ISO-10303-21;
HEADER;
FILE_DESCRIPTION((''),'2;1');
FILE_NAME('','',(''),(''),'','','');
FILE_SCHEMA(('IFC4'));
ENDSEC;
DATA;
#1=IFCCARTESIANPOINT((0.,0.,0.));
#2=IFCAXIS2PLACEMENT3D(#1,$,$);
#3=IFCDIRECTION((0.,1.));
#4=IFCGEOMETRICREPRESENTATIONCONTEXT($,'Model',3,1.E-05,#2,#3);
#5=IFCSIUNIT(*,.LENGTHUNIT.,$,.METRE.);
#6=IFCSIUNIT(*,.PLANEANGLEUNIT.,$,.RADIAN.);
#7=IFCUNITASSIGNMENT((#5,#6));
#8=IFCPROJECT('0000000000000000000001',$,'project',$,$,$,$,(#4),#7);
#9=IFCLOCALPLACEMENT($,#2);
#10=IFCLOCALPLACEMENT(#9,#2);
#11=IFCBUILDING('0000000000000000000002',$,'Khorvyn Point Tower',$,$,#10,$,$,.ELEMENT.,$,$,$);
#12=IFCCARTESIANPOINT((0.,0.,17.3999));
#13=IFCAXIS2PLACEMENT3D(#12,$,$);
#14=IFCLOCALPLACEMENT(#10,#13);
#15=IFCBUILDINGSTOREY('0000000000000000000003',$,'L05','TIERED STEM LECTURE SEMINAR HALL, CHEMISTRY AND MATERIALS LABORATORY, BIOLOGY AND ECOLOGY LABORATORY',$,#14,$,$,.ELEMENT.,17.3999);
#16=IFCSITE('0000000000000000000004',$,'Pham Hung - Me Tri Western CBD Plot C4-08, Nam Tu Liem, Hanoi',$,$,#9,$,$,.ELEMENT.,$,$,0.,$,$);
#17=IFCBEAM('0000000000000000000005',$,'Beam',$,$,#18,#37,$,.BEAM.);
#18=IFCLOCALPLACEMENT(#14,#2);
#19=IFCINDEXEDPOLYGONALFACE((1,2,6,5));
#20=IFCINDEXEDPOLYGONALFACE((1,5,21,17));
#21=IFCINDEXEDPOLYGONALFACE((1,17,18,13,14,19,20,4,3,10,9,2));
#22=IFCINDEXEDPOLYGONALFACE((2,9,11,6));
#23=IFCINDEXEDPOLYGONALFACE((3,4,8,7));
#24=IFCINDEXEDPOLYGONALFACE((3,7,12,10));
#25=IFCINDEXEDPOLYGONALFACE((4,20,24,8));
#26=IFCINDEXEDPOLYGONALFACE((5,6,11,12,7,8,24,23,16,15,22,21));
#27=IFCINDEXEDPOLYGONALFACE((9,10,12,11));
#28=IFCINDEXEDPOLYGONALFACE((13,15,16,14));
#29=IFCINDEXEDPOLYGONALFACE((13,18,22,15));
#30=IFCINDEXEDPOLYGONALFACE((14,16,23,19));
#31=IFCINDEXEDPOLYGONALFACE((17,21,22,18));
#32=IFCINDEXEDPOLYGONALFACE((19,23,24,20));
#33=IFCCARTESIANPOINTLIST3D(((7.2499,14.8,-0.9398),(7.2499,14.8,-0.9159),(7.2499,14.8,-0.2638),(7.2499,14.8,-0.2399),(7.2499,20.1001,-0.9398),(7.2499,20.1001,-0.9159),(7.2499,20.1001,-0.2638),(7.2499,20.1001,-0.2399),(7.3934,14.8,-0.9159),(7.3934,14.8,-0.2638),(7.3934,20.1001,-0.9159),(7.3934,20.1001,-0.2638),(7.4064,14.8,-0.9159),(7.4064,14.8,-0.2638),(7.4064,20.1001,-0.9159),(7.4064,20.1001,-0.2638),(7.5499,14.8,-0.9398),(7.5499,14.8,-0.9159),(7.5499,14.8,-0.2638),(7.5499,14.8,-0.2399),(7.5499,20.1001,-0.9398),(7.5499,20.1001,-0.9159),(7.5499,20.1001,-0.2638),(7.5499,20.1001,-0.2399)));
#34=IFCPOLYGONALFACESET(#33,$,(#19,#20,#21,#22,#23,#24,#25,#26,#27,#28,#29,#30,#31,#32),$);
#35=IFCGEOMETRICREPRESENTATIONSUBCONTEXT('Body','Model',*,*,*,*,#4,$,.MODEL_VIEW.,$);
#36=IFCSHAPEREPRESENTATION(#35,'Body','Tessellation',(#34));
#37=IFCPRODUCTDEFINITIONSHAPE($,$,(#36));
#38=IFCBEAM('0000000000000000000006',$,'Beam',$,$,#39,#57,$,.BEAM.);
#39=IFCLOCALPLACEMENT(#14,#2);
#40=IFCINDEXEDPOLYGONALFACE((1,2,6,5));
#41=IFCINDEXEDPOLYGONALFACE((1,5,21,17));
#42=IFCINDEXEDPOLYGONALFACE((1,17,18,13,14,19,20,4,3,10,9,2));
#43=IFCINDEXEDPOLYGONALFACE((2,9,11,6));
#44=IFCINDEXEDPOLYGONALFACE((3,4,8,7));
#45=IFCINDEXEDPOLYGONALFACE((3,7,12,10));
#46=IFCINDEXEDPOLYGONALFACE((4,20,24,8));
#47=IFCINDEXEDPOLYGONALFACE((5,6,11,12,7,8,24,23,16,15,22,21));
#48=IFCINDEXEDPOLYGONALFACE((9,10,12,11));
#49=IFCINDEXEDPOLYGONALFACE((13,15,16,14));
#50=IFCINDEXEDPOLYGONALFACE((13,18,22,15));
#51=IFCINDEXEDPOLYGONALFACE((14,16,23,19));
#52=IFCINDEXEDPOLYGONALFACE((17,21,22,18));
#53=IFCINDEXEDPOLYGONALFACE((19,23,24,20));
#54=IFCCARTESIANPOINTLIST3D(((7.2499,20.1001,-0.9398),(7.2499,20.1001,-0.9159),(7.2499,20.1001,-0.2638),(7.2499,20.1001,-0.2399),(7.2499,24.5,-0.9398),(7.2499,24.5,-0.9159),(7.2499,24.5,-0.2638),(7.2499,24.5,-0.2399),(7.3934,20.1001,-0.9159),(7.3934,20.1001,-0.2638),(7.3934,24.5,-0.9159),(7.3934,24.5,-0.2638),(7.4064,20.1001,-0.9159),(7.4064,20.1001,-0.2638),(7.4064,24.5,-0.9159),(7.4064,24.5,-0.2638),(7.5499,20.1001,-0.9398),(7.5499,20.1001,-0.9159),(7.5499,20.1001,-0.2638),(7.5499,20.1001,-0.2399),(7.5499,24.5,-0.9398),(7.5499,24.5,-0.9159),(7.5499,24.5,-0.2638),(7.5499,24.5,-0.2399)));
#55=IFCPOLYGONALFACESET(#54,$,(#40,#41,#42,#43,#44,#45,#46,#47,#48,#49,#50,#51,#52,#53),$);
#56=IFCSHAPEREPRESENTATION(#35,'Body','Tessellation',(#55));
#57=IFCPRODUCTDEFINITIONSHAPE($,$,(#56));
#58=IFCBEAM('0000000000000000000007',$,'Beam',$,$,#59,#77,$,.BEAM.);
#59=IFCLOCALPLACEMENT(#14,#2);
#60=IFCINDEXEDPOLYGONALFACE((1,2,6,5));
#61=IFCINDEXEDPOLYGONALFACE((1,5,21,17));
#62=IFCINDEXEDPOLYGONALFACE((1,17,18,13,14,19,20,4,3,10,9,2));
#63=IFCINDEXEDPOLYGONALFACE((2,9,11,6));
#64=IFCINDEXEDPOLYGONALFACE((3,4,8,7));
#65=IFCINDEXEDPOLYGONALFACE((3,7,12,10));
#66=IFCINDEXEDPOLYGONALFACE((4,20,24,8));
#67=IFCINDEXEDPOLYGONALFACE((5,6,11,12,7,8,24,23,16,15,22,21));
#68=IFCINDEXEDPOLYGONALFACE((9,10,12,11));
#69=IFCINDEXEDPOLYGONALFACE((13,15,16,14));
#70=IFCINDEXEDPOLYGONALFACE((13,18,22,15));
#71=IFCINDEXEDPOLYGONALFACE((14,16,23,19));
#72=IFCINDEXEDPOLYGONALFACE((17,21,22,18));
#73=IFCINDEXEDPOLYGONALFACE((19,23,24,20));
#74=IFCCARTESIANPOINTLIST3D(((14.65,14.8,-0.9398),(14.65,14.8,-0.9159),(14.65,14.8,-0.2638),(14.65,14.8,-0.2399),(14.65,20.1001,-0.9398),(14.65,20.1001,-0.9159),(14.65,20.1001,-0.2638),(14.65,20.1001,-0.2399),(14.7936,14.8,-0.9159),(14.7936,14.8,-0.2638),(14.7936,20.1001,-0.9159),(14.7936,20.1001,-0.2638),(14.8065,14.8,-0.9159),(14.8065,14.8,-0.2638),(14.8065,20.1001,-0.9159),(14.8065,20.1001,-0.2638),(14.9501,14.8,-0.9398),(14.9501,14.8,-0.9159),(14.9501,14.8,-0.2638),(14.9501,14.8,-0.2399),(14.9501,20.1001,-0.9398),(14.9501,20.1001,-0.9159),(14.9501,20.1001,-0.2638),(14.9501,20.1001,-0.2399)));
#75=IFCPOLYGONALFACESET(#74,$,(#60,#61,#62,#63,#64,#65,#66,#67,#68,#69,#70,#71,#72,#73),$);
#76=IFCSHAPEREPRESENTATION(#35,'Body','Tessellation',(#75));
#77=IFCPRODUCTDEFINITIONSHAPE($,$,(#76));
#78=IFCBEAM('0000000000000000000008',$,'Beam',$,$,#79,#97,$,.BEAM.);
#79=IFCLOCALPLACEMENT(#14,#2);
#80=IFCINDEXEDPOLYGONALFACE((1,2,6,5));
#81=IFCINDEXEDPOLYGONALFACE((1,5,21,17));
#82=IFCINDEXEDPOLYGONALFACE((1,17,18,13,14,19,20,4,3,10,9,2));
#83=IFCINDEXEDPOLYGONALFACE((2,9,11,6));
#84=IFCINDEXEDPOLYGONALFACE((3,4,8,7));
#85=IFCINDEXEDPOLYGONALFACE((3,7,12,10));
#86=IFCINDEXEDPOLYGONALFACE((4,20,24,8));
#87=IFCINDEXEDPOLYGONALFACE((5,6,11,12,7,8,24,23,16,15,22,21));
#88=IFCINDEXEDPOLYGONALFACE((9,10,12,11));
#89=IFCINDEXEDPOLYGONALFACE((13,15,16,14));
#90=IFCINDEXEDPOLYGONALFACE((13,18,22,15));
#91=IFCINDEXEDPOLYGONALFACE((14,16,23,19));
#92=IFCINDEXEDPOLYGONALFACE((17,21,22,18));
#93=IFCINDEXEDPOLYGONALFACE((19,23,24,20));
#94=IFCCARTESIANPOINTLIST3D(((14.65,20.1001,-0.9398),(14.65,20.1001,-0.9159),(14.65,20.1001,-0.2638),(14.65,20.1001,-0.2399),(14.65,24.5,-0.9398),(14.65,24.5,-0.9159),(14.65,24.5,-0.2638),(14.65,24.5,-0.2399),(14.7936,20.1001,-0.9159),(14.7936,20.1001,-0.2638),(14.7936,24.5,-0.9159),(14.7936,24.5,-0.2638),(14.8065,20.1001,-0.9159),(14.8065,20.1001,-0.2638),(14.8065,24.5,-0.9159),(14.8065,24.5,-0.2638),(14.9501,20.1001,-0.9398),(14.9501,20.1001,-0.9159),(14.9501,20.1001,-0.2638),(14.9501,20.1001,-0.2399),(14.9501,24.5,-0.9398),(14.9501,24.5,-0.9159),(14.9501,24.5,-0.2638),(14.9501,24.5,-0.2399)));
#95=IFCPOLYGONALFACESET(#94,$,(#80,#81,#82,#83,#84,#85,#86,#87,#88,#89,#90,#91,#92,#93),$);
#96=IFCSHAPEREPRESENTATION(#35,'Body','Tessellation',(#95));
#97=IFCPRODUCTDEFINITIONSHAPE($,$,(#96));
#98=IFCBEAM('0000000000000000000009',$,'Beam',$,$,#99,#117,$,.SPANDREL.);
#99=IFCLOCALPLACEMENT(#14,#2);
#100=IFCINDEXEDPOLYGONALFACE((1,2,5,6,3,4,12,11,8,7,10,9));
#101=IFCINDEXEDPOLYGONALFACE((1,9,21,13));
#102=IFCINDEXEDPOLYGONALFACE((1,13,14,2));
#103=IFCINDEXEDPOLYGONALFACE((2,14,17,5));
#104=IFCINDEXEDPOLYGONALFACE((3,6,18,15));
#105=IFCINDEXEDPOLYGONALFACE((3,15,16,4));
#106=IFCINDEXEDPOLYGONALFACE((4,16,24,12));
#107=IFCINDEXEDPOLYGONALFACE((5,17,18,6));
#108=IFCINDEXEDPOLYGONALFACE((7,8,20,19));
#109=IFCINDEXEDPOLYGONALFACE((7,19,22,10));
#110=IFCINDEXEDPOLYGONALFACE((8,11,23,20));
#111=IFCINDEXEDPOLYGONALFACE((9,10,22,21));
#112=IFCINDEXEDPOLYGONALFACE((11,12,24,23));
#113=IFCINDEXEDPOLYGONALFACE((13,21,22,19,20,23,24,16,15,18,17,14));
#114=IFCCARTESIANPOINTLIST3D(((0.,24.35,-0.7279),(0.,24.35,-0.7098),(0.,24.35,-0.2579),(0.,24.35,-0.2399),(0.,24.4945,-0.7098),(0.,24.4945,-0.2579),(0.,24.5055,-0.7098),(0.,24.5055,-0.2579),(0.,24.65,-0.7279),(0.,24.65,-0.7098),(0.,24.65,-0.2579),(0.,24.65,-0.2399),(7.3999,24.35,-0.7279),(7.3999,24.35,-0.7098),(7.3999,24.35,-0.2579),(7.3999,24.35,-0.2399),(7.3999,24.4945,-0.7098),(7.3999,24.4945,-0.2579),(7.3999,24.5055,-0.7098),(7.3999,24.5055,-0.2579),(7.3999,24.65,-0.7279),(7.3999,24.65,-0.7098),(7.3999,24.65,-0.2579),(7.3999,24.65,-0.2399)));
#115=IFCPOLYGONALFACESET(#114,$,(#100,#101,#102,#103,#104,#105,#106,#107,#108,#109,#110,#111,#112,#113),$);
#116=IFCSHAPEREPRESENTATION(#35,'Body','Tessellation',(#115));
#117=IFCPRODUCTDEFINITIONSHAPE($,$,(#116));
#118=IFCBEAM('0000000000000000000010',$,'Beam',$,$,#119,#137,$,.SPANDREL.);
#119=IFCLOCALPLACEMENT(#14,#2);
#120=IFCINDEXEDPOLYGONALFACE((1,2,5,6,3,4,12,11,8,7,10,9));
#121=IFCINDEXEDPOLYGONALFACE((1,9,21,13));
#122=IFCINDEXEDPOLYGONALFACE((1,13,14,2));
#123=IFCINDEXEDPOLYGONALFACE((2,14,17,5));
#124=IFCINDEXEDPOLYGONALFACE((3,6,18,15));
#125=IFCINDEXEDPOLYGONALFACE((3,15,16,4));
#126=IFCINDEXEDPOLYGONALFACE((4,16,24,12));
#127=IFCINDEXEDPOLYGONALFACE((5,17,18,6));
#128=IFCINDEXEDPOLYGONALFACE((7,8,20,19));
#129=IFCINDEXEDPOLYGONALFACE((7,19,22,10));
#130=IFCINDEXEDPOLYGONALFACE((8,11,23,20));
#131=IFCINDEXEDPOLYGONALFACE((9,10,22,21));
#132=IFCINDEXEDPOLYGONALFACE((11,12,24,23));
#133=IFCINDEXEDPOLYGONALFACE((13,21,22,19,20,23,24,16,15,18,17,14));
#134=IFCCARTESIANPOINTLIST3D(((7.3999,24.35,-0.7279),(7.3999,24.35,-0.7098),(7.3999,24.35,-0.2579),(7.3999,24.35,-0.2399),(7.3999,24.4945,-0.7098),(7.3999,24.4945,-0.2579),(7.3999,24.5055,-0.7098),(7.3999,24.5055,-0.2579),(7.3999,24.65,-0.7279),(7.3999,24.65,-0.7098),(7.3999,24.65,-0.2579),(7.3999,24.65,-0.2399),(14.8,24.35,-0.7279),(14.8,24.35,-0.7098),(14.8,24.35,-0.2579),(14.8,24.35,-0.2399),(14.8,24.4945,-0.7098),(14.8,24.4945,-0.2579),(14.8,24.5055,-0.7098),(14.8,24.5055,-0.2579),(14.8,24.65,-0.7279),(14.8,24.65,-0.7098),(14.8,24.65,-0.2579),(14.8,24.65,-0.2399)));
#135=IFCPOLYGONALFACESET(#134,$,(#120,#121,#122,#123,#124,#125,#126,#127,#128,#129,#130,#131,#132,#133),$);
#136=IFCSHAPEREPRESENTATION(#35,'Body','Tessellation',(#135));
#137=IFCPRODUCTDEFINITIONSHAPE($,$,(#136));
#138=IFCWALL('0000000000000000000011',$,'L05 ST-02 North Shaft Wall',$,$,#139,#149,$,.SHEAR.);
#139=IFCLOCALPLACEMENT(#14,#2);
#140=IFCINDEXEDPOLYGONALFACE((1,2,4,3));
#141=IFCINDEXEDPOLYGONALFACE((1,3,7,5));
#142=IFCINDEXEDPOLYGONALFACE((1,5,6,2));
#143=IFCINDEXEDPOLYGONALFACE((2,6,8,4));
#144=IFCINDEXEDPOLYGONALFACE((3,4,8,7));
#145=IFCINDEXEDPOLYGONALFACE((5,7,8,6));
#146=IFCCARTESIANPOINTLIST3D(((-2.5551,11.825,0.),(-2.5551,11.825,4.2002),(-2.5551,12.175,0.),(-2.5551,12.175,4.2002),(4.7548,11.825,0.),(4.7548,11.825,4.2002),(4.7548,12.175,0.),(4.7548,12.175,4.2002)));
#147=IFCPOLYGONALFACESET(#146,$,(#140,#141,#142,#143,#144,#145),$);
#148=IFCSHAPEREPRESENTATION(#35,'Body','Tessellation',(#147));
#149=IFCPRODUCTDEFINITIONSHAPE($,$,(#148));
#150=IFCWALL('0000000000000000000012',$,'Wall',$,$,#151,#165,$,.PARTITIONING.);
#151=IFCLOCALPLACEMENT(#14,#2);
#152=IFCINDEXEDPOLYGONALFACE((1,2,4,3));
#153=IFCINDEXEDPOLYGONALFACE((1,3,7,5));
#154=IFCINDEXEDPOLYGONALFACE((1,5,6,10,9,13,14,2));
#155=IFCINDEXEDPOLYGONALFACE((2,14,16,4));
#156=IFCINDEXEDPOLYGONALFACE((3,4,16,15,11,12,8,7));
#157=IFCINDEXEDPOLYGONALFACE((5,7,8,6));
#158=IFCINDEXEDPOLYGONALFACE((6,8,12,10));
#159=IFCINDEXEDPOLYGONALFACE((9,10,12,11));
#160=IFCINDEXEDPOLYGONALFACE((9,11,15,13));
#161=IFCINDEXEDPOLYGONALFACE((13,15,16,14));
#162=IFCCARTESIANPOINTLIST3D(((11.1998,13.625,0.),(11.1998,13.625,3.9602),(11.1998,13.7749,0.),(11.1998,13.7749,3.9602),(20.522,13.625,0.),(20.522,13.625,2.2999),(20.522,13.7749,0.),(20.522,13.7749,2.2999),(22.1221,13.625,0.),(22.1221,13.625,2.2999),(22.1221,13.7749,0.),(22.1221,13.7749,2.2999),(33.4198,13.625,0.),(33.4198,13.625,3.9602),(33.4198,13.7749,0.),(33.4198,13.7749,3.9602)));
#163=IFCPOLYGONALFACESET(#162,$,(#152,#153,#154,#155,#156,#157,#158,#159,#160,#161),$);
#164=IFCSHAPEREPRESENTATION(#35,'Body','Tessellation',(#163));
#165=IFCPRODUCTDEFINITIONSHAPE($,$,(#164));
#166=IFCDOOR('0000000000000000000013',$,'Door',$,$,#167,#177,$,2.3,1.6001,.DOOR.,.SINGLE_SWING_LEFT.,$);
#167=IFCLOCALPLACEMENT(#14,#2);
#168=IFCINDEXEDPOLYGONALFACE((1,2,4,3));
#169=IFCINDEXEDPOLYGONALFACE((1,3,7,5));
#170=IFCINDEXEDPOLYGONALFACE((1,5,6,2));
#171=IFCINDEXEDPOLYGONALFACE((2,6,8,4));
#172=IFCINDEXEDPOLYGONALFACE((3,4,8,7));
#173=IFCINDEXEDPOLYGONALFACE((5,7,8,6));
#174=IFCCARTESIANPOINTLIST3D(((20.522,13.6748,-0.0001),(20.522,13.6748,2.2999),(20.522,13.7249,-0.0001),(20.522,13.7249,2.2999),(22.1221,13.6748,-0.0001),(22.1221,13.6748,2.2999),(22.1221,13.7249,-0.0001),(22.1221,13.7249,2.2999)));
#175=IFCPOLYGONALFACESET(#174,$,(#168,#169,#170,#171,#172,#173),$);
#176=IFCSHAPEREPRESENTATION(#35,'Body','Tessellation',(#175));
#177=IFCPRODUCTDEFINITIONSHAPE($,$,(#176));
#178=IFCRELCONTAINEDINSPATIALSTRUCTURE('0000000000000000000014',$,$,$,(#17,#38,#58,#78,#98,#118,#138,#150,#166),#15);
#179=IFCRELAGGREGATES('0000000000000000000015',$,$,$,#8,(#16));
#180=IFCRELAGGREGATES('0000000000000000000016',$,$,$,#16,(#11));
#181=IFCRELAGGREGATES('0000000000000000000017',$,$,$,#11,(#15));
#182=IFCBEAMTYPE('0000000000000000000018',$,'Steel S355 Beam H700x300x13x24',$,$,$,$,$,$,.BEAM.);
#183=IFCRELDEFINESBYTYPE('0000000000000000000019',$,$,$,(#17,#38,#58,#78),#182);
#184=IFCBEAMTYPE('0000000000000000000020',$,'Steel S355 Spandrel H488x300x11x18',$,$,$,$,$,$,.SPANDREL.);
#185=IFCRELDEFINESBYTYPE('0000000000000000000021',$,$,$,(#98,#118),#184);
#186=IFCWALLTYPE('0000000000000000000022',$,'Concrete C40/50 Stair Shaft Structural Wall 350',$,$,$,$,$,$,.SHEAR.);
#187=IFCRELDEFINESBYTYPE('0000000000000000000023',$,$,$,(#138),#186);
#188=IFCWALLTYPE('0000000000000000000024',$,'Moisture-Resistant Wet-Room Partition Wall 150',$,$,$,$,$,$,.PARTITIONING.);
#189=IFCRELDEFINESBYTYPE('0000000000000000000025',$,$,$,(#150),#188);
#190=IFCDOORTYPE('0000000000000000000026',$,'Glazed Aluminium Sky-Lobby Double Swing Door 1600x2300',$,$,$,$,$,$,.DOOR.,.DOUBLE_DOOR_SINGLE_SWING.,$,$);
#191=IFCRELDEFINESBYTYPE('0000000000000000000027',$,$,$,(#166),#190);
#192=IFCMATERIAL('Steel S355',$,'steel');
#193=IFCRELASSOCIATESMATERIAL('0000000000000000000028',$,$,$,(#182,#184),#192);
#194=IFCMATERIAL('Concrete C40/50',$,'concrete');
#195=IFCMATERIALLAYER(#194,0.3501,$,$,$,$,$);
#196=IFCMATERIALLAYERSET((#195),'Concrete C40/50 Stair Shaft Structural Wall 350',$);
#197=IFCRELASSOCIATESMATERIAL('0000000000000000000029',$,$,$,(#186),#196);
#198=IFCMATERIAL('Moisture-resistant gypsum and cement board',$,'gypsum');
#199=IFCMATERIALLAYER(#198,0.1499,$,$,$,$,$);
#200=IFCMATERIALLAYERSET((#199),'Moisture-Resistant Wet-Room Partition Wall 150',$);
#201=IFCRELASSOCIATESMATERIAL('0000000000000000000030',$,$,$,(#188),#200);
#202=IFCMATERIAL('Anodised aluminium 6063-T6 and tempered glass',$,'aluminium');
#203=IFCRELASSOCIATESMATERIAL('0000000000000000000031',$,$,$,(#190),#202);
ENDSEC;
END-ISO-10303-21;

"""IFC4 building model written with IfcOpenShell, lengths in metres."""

from ifc_helpers import new_model, si_unit, direction, frame, frame_2d, origin, origin_2d, place, context, subcontext, project, spatial, rectangle, i_section, extrude, material, layer, layer_set, material_profile, profile_set, type_object, element, fill, save


model = new_model("IFC4")

# Units and contexts
model_context = context("Model", 3, precision=1e-05, world=origin(), true_north=direction((0.0, 1.0)))
body_context = subcontext(model_context, "Body", "Model", "MODEL_VIEW")
ifc_project = project(units=[si_unit("LENGTHUNIT", "METRE"), si_unit("PLANEANGLEUNIT", "RADIAN")], contexts=[model_context])

# Site, building, storey
site_placement = place(None, origin())
site = spatial("IfcSite", under=ifc_project, at=site_placement, Name="Pham Hung - Me Tri Western CBD Plot C4-08, Nam Tu Liem, Hanoi", CompositionType="ELEMENT", RefElevation=0.0)
building_placement = place(site_placement, origin())
building = spatial("IfcBuilding", under=site, at=building_placement, Name="Khorvyn Point Tower", CompositionType="ELEMENT")
storey_placement = place(building_placement, frame((0.0, 0.0, 17.3999)))
storey = spatial("IfcBuildingStorey", under=building, at=storey_placement, Name="L05", Description="TIERED STEM LECTURE SEMINAR HALL, CHEMISTRY AND MATERIALS LABORATORY, BIOLOGY AND ECOLOGY LABORATORY", CompositionType="ELEMENT", Elevation=17.3999)

# Shared definitions
ifc_material_1 = material(Name="Concrete C40/50", Category="concrete")

# Beams
ifc_material_2 = material(Name="Steel S355", Category="steel")
ifc_material_profile_1 = material_profile(ifc_material_2, i_section(OverallWidth=0.3, OverallDepth=0.7, WebThickness=0.0129, FlangeThickness=0.0239, at=origin_2d()))
ifc_profile_set_1 = profile_set([ifc_material_profile_1], Name="Steel S355 H700x300x13x24")
beam_type_1 = type_object("IfcBeamType", Name="Steel S355 Beam H700x300x13x24", PredefinedType="BEAM", material=ifc_profile_set_1)
beam_1_placement = place(storey_placement, frame((7.3999, 14.8, -0.5898), z_axis=(0.0, 1.0, 0.0), x_axis=(-1.0, 0.0, 0.0)))
element("IfcBeam", 1, at=beam_1_placement, inside=storey, type_object=beam_type_1, Name="Beam", PredefinedType="BEAM", context=body_context, shape_type="SweptSolid", body=[
    extrude(i_section(OverallWidth=0.3, OverallDepth=0.7, WebThickness=0.0129, FlangeThickness=0.0239, at=origin_2d()), origin(), (0.0, 0.0, 1.0), 5.3),
])
beam_2_placement = place(storey_placement, frame((7.3999, 20.1001, -0.5898), z_axis=(0.0, 1.0, 0.0), x_axis=(-1.0, 0.0, 0.0)))
element("IfcBeam", 2, at=beam_2_placement, inside=storey, type_object=beam_type_1, Name="Beam", PredefinedType="BEAM", context=body_context, shape_type="SweptSolid", body=[
    extrude(i_section(OverallWidth=0.3, OverallDepth=0.7, WebThickness=0.0129, FlangeThickness=0.0239, at=origin_2d()), origin(), (0.0, 0.0, 1.0), 4.3999),
])
beam_3_placement = place(storey_placement, frame((14.8, 14.8, -0.5898), z_axis=(0.0, 1.0, 0.0), x_axis=(-1.0, 0.0, 0.0)))
element("IfcBeam", 3, at=beam_3_placement, inside=storey, type_object=beam_type_1, Name="Beam", PredefinedType="BEAM", context=body_context, shape_type="SweptSolid", body=[
    extrude(i_section(OverallWidth=0.3, OverallDepth=0.7, WebThickness=0.0129, FlangeThickness=0.0239, at=origin_2d()), origin(), (0.0, 0.0, 1.0), 5.3),
])
beam_4_placement = place(storey_placement, frame((14.8, 20.1001, -0.5898), z_axis=(0.0, 1.0, 0.0), x_axis=(-1.0, 0.0, 0.0)))
element("IfcBeam", 4, at=beam_4_placement, inside=storey, type_object=beam_type_1, Name="Beam", PredefinedType="BEAM", context=body_context, shape_type="SweptSolid", body=[
    extrude(i_section(OverallWidth=0.3, OverallDepth=0.7, WebThickness=0.0129, FlangeThickness=0.0239, at=origin_2d()), origin(), (0.0, 0.0, 1.0), 4.3999),
])
ifc_material_profile_2 = material_profile(ifc_material_2, i_section(OverallWidth=0.3, OverallDepth=0.488, WebThickness=0.011, FlangeThickness=0.0181, at=origin_2d()))
ifc_profile_set_2 = profile_set([ifc_material_profile_2], Name="Steel S355 H488x300x11x18")
beam_type_2 = type_object("IfcBeamType", Name="Steel S355 Spandrel H488x300x11x18", PredefinedType="SPANDREL", material=ifc_profile_set_2)
beam_5_placement = place(storey_placement, frame((0.0, 24.5, -0.4839), z_axis=(1.0, 0.0, 0.0), x_axis=(0.0, 1.0, 0.0)))
element("IfcBeam", 5, at=beam_5_placement, inside=storey, type_object=beam_type_2, Name="Beam", PredefinedType="SPANDREL", context=body_context, shape_type="SweptSolid", body=[
    extrude(i_section(OverallWidth=0.3, OverallDepth=0.488, WebThickness=0.011, FlangeThickness=0.0181, at=origin_2d()), origin(), (0.0, 0.0, 1.0), 7.3999),
])
beam_6_placement = place(storey_placement, frame((7.3999, 24.5, -0.4839), z_axis=(1.0, 0.0, 0.0), x_axis=(0.0, 1.0, 0.0)))
element("IfcBeam", 6, at=beam_6_placement, inside=storey, type_object=beam_type_2, Name="Beam", PredefinedType="SPANDREL", context=body_context, shape_type="SweptSolid", body=[
    extrude(i_section(OverallWidth=0.3, OverallDepth=0.488, WebThickness=0.011, FlangeThickness=0.0181, at=origin_2d()), origin(), (0.0, 0.0, 1.0), 7.4001),
])

# Wall
ifc_layer_1 = layer(ifc_material_1, 0.3501)
ifc_layer_set_1 = layer_set([ifc_layer_1], Name="Concrete C40/50 Stair Shaft Structural Wall 350")
wall_type_1 = type_object("IfcWallType", Name="Concrete C40/50 Stair Shaft Structural Wall 350", PredefinedType="SHEAR", material=ifc_layer_set_1)
wall_1_placement = place(storey_placement, frame((-2.5549, 12.0, 0.0), z_axis=(0.0, 0.0, 1.0), x_axis=(1.0, 0.0, 0.0)))
element("IfcWall", 7, at=wall_1_placement, inside=storey, type_object=wall_type_1, Name="L05 ST-02 North Shaft Wall", PredefinedType="SHEAR", context=body_context, shape_type="SweptSolid", body=[
    extrude(rectangle(XDim=7.3098, YDim=0.3501, at=frame_2d((3.6548, 0.0))), origin(), (0.0, 0.0, 1.0), 4.2002),
])

# Wall, opening, door
ifc_material_3 = material(Name="Moisture-resistant gypsum and cement board", Category="gypsum")
ifc_layer_2 = layer(ifc_material_3, 0.1499)
ifc_layer_set_2 = layer_set([ifc_layer_2], Name="Moisture-Resistant Wet-Room Partition Wall 150")
wall_type_2 = type_object("IfcWallType", Name="Moisture-Resistant Wet-Room Partition Wall 150", PredefinedType="PARTITIONING", material=ifc_layer_set_2)
wall_2_placement = place(storey_placement, frame((11.2, 13.7, 0.0), z_axis=(0.0, 0.0, 1.0), x_axis=(1.0, 0.0, 0.0)))
wall_2 = element("IfcWall", 8, at=wall_2_placement, inside=storey, type_object=wall_type_2, Name="Wall", PredefinedType="PARTITIONING", context=body_context, shape_type="SweptSolid", body=[
    extrude(rectangle(XDim=22.22, YDim=0.1499, at=frame_2d((11.1099, 0.0))), origin(), (0.0, 0.0, 1.0), 3.9602),
])
opening_1_placement = place(wall_2_placement, frame((9.322, 0.0, 0.0)))
opening_1 = element("IfcOpeningElement", 9, at=opening_1_placement, cuts=wall_2, PredefinedType="OPENING", context=body_context, shape_type="SweptSolid", body=[
    extrude(rectangle(XDim=1.6001, YDim=2.3, at=frame_2d((0.8, 1.1499))), frame((0.0, 0.085, 0.0), z_axis=(0.0, -1.0, 0.0), x_axis=(1.0, 0.0, 0.0)), (0.0, 0.0, 1.0), 0.1699),
])
ifc_material_4 = material(Name="Anodised aluminium 6063-T6 and tempered glass", Category="aluminium")
door_type_1 = type_object("IfcDoorType", Name="Glazed Aluminium Sky-Lobby Double Swing Door 1600x2300", OperationType="DOUBLE_DOOR_SINGLE_SWING", PredefinedType="DOOR", material=ifc_material_4)
door_1_placement = place(opening_1_placement, origin())
door_1 = element("IfcDoor", 10, at=door_1_placement, inside=storey, type_object=door_type_1, Name="Door", OperationType="SINGLE_SWING_LEFT", OverallHeight=2.3, OverallWidth=1.6001, PredefinedType="DOOR", context=body_context, shape_type="SweptSolid", body=[
    extrude(rectangle(XDim=1.6001, YDim=2.3, at=frame_2d((0.8, 1.1499))), frame((0.0, 0.0249, 0.0), z_axis=(0.0, -1.0, 0.0), x_axis=(1.0, 0.0, 0.0)), (0.0, 0.0, 1.0), 0.05),
])
fill(opening_1, door_1)

save(model, "model.ifc")
